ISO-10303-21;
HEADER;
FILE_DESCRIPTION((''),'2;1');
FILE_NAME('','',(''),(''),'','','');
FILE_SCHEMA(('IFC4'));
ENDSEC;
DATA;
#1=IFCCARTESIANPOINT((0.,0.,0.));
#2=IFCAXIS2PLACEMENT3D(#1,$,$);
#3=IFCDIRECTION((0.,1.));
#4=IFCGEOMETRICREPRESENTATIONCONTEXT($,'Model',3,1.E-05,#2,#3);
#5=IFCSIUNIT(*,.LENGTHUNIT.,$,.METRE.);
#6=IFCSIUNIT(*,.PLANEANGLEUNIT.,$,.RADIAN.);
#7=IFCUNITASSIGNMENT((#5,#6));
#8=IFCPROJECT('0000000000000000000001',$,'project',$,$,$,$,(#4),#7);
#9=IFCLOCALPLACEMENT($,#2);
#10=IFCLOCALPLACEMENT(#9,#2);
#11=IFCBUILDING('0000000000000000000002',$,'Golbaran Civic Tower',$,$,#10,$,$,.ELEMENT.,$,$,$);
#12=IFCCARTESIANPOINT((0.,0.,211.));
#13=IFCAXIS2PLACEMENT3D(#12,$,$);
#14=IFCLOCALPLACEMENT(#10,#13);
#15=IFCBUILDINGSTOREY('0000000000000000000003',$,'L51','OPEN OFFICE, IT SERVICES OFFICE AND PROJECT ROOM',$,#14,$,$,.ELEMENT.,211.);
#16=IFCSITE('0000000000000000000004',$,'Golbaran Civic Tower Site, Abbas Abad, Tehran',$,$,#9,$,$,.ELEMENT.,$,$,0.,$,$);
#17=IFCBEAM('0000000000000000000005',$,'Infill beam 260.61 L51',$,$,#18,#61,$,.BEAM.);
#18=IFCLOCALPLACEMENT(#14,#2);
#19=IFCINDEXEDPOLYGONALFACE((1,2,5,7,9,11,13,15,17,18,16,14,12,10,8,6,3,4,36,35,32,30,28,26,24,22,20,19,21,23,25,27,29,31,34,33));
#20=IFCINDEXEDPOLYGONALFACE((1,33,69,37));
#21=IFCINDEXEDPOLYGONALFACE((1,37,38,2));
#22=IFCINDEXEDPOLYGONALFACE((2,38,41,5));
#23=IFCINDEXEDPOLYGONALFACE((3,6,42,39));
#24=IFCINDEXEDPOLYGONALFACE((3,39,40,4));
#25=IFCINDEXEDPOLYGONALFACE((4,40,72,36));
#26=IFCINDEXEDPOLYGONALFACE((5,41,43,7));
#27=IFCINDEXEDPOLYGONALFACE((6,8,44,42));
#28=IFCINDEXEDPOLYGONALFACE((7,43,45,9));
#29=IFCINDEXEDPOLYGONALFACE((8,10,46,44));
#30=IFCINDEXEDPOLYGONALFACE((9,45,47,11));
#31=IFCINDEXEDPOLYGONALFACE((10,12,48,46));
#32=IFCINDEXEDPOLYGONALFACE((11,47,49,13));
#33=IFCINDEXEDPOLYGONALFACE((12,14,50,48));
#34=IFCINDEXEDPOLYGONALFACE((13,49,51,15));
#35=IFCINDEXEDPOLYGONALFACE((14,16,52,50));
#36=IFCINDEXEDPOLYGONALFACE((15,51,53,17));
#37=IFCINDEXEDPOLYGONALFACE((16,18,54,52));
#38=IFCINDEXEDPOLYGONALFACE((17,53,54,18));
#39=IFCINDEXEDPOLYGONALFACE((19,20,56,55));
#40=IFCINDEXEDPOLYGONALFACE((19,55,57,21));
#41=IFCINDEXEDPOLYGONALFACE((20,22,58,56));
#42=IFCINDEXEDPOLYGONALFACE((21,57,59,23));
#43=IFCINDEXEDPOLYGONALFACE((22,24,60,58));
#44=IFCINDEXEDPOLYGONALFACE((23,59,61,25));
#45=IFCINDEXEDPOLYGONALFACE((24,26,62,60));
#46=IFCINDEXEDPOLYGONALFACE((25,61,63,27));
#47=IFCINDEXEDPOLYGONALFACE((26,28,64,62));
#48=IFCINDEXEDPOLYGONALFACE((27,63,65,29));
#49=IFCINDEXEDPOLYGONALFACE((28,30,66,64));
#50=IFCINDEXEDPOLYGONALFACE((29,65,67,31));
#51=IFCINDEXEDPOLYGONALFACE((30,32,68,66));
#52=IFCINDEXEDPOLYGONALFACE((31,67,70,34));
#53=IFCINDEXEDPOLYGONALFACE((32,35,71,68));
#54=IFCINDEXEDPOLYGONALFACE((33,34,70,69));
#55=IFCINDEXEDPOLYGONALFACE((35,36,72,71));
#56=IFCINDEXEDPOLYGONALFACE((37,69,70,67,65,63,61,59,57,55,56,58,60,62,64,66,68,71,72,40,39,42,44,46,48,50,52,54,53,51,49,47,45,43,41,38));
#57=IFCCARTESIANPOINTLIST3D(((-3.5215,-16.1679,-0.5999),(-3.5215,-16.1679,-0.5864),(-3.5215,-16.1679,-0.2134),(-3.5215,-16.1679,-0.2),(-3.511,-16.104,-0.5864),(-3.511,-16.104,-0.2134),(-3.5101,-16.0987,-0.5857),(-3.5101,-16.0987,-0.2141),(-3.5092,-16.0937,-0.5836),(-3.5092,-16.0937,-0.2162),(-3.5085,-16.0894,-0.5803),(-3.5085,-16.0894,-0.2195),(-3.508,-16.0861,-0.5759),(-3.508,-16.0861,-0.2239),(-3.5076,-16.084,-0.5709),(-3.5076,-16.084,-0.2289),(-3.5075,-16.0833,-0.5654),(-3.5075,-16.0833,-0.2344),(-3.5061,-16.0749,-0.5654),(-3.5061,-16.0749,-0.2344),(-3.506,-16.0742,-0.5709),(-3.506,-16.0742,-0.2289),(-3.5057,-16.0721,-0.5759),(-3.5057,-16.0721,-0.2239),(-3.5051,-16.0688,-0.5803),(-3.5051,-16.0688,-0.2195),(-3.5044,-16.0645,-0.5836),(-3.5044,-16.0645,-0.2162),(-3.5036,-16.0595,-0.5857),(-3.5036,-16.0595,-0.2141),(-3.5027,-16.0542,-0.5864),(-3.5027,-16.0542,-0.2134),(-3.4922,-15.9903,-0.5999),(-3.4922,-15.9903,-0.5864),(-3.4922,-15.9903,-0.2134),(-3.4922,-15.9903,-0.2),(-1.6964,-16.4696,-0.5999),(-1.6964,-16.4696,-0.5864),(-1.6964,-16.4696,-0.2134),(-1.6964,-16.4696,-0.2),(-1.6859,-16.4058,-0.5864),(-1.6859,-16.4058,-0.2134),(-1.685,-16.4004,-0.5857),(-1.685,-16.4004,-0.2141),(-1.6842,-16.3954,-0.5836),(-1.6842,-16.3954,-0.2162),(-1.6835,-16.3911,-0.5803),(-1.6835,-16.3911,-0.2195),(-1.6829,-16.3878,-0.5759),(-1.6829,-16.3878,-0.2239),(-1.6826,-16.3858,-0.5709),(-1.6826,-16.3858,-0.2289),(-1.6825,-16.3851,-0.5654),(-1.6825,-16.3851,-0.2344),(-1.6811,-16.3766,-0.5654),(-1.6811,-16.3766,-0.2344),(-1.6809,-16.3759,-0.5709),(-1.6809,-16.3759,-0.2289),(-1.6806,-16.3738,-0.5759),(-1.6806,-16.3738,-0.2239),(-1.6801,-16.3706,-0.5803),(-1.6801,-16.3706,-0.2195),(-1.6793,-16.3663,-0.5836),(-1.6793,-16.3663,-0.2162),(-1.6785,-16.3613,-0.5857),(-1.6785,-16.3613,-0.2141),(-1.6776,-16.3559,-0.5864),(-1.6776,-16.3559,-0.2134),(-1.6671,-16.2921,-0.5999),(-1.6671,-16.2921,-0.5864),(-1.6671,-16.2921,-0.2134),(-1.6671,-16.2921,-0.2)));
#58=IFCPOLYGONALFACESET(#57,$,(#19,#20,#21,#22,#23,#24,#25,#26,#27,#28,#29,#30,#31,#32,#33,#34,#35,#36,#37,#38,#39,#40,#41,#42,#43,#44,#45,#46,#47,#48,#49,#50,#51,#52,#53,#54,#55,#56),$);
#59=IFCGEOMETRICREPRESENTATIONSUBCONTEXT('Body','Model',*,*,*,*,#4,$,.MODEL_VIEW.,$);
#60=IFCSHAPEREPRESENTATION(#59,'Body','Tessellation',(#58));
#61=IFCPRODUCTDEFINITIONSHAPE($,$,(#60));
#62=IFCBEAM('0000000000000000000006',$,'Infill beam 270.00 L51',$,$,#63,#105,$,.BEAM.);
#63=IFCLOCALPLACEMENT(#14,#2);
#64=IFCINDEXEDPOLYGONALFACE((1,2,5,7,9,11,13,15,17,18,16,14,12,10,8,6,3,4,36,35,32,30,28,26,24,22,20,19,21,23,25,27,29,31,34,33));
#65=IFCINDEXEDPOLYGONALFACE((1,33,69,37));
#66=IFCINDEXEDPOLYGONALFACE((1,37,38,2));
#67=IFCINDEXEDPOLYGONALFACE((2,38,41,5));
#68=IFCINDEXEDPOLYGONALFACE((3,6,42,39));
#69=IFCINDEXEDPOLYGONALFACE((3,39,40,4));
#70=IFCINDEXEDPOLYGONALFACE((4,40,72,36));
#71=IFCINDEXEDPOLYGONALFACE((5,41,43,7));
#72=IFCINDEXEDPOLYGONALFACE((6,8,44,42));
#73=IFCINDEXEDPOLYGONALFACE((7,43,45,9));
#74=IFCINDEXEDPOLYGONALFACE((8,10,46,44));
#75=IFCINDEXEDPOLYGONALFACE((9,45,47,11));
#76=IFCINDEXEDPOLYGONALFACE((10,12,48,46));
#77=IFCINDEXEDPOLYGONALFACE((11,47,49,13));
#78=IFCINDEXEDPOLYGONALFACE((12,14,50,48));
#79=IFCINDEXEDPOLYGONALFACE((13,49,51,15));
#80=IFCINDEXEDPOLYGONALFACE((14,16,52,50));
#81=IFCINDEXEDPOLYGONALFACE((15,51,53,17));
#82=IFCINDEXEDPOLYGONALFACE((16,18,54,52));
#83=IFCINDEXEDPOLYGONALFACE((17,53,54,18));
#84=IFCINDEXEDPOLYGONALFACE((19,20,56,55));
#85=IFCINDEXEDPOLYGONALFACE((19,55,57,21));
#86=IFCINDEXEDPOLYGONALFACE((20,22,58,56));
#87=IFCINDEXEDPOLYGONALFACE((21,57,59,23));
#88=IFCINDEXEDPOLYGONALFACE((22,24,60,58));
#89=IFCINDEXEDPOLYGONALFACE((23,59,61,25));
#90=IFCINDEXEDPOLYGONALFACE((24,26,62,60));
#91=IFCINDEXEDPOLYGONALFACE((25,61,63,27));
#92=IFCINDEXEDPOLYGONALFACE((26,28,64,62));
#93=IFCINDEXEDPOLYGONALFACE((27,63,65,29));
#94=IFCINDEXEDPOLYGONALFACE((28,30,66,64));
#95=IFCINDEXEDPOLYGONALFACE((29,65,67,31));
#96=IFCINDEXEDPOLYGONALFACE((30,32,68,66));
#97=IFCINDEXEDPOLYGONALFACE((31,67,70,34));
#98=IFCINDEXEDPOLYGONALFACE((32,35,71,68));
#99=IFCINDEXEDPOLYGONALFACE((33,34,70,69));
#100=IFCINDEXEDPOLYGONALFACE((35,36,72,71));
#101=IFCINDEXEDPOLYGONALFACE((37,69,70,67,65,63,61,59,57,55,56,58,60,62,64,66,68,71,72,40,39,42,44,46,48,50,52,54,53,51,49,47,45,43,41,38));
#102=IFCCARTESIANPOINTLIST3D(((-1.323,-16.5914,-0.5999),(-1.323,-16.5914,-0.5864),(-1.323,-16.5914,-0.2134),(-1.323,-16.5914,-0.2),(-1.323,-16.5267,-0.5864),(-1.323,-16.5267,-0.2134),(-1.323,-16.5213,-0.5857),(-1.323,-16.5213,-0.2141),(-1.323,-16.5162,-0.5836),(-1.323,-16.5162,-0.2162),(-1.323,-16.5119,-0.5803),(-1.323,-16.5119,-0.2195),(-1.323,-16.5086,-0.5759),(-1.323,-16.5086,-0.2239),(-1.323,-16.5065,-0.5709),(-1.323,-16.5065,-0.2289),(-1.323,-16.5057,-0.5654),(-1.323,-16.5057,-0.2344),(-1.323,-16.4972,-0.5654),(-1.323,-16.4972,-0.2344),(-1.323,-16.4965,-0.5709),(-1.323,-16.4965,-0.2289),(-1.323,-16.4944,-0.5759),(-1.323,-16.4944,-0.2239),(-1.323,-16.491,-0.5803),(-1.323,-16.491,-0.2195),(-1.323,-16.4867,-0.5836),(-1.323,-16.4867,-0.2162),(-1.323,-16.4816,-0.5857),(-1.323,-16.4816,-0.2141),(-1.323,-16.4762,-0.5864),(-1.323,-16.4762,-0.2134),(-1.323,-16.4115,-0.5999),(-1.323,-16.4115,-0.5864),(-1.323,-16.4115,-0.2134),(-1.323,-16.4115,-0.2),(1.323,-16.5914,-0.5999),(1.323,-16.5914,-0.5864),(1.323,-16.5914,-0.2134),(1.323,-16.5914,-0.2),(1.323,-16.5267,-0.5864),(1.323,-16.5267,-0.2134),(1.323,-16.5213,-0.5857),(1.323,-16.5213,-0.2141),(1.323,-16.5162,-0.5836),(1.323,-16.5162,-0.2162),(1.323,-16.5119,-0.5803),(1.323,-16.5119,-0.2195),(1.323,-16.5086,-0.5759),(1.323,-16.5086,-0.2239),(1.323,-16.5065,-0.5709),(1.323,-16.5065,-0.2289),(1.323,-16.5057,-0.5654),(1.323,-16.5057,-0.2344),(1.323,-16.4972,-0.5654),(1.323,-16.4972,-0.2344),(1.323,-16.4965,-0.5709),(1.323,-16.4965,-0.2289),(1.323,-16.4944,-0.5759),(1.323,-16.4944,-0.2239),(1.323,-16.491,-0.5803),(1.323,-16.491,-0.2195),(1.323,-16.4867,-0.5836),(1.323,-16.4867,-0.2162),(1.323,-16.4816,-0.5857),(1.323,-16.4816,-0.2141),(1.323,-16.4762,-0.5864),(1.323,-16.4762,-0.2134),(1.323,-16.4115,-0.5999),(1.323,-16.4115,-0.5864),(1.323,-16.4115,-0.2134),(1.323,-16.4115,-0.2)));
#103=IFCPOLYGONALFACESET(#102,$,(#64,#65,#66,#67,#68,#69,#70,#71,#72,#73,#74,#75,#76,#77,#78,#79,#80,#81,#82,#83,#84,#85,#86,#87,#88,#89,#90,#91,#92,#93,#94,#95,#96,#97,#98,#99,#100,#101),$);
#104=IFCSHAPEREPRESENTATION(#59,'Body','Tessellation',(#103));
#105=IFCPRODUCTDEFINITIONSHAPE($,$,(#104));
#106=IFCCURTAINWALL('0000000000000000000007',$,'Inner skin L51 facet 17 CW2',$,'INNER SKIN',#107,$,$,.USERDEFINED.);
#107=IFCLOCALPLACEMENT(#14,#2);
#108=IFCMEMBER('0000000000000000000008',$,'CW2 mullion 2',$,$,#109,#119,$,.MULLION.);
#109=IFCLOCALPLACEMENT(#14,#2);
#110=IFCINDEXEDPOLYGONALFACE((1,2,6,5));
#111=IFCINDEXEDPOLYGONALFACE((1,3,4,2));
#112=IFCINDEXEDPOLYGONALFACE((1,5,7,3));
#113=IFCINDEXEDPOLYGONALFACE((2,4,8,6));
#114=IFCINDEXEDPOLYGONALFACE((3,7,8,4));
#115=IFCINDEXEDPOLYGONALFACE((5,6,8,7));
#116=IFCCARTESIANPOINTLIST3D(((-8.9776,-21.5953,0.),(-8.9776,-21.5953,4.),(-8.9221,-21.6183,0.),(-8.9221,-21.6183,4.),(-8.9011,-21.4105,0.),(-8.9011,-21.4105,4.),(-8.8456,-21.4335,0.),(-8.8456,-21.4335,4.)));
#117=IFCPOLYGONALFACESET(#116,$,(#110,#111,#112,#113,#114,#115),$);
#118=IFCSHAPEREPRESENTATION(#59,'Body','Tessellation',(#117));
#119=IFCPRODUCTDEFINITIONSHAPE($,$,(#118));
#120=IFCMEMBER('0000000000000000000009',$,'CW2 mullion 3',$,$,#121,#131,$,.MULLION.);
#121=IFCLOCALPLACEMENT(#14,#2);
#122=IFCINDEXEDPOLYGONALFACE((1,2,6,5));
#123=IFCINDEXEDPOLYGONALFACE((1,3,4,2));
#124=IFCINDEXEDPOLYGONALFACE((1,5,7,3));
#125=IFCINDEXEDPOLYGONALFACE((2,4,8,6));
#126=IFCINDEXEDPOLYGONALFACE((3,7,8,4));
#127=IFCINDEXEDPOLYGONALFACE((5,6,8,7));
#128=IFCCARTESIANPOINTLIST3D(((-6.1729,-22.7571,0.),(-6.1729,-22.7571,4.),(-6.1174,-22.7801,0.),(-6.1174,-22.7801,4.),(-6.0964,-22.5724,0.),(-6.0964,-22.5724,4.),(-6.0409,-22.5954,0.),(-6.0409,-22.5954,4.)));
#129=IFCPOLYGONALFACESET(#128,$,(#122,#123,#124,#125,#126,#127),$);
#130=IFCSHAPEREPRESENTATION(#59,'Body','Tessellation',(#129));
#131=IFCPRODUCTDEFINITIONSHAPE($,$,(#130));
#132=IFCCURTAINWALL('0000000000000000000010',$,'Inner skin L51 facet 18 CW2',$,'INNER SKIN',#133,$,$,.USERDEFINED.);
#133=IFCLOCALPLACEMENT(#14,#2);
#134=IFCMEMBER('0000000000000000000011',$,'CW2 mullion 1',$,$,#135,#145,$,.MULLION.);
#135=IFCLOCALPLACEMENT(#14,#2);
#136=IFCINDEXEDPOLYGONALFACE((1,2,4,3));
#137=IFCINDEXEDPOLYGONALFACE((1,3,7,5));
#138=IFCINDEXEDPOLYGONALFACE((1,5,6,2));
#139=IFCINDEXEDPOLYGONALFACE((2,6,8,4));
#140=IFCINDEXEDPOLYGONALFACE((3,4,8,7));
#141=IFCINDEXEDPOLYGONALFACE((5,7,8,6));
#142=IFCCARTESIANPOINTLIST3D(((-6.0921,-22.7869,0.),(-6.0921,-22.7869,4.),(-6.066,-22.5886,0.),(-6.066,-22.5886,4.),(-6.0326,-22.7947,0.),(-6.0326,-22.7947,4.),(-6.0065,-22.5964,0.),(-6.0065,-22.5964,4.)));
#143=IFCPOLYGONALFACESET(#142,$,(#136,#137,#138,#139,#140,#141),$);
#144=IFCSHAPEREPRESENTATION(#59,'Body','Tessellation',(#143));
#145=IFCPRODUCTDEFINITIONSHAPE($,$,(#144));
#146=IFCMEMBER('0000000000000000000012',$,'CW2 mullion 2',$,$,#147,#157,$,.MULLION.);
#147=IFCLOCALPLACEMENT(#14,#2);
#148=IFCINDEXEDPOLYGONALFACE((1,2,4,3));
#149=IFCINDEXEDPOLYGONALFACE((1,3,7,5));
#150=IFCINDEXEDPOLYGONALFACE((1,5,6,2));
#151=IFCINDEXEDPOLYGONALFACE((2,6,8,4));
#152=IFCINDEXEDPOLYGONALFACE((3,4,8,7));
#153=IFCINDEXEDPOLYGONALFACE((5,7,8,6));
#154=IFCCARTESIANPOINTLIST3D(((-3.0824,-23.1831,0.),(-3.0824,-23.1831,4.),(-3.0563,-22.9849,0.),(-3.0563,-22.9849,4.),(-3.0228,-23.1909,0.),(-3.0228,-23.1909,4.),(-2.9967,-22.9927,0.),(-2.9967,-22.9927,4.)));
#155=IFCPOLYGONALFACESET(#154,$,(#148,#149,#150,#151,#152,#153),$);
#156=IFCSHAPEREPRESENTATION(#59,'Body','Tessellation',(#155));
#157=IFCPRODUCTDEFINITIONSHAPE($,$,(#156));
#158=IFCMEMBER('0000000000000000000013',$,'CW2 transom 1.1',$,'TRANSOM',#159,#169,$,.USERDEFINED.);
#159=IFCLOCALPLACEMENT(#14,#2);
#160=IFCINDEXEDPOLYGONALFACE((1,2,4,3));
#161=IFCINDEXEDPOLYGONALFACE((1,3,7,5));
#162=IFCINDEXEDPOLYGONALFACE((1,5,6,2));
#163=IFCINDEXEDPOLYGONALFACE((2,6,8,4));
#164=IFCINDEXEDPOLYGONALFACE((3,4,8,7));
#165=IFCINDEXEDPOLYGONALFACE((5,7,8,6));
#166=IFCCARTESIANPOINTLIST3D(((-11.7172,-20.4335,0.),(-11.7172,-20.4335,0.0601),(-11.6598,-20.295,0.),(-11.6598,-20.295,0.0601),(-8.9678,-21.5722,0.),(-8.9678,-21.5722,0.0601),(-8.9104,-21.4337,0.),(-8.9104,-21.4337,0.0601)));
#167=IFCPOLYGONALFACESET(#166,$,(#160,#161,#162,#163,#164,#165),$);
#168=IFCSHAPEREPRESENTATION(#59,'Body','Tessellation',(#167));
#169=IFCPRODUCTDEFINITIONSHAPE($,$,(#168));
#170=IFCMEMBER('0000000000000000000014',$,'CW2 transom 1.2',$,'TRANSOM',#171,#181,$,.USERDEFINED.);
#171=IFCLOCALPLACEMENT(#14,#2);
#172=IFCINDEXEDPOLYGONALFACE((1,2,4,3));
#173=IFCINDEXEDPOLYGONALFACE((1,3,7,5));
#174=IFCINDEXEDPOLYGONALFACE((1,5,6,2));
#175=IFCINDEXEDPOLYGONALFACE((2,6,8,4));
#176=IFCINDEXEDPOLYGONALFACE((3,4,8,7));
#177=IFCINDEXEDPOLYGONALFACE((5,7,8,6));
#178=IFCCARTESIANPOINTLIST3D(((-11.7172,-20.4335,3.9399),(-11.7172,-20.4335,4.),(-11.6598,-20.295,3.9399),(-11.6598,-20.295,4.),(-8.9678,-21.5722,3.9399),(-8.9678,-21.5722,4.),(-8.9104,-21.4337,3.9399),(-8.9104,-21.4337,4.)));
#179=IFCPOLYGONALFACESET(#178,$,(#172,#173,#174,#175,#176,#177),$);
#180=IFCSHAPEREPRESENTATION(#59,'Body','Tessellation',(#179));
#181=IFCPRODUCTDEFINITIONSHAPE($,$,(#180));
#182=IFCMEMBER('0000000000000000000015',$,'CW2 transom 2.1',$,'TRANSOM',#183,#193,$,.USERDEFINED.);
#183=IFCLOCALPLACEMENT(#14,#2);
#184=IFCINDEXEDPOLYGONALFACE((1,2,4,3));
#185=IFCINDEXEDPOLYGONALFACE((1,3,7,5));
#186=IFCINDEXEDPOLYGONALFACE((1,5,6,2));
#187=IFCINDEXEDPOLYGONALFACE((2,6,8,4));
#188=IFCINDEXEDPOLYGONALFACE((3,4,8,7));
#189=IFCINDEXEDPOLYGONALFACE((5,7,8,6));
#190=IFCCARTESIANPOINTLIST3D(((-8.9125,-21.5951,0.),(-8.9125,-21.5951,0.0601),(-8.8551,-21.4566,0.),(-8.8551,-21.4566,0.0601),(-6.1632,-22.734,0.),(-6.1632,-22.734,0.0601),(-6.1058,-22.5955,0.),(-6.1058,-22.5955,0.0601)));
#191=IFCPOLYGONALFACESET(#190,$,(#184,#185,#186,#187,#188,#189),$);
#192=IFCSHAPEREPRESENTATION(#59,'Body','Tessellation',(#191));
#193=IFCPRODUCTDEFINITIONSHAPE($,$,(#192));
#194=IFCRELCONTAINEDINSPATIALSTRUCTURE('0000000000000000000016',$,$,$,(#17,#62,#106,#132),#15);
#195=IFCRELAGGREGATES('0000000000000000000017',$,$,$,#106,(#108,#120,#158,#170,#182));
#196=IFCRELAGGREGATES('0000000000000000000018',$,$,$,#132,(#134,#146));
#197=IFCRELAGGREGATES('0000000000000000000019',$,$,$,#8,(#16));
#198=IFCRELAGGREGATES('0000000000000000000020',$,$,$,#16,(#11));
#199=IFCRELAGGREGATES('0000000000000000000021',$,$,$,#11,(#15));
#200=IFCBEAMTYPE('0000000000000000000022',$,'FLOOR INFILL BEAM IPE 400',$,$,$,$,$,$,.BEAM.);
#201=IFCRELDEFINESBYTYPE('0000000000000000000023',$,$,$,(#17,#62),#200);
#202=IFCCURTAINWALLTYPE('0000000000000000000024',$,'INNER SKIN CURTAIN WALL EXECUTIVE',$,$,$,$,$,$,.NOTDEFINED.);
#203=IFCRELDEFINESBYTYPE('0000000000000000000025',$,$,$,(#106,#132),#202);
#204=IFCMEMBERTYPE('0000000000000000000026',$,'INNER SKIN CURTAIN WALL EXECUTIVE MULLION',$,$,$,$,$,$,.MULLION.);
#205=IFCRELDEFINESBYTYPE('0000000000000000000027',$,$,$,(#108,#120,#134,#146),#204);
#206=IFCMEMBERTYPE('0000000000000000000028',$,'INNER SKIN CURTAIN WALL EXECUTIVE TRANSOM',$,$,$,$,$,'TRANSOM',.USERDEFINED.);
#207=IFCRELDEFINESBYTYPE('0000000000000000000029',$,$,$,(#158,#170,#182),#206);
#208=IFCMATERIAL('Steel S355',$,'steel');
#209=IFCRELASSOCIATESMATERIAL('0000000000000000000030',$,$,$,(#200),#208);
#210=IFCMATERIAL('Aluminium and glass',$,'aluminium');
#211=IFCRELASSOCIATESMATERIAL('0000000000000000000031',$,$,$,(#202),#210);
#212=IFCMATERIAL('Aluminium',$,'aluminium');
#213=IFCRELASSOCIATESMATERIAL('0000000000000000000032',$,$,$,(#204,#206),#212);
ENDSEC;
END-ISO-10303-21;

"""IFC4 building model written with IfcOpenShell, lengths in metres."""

from ifc_helpers import new_model, si_unit, direction, frame, origin, origin_2d, place, context, subcontext, project, spatial, rectangle, i_section, extrude, material, material_profile, profile_set, type_object, element, aggregate, save


model = new_model("IFC4")

# Units and contexts
model_context = context("Model", 3, precision=1e-05, world=origin(), true_north=direction((0.0, 1.0)))
body_context = subcontext(model_context, "Body", "Model", "MODEL_VIEW")
ifc_project = project(units=[si_unit("LENGTHUNIT", "METRE"), si_unit("PLANEANGLEUNIT", "RADIAN")], contexts=[model_context])

# Site, building, storey
site_placement = place(None, origin())
site = spatial("IfcSite", under=ifc_project, at=site_placement, Name="Golbaran Civic Tower Site, Abbas Abad, Tehran", CompositionType="ELEMENT", RefElevation=0.0)
building_placement = place(site_placement, origin())
building = spatial("IfcBuilding", under=site, at=building_placement, Name="Golbaran Civic Tower", CompositionType="ELEMENT")
storey_placement = place(building_placement, frame((0.0, 0.0, 211.0)))
storey = spatial("IfcBuildingStorey", under=building, at=storey_placement, Name="L51", Description="OPEN OFFICE, IT SERVICES OFFICE AND PROJECT ROOM", CompositionType="ELEMENT", Elevation=211.0)

# Beams
ifc_material_1 = material(Name="Steel S355", Category="steel")
ifc_material_profile_1 = material_profile(ifc_material_1, i_section(OverallWidth=0.1799, OverallDepth=0.3999, WebThickness=0.0085, FlangeThickness=0.0134, FilletRadius=0.021, at=origin_2d()), Name="IPE 400")
ifc_profile_set_1 = profile_set([ifc_material_profile_1], Name="Steel S355")
beam_type_1 = type_object("IfcBeamType", Name="FLOOR INFILL BEAM IPE 400", PredefinedType="BEAM", material=ifc_profile_set_1)
beam_1_placement = place(storey_placement, frame((-3.5068, -16.0791, -0.3999), z_axis=(0.986607, -0.163115, 0.0), x_axis=(0.163115, 0.986607, 0.0)))
element("IfcBeam", 1, at=beam_1_placement, inside=storey, type_object=beam_type_1, Name="Infill beam 260.61 L51", PredefinedType="BEAM", context=body_context, shape_type="SweptSolid", body=[
    extrude(i_section(OverallWidth=0.1799, OverallDepth=0.3999, WebThickness=0.0085, FlangeThickness=0.0134, FilletRadius=0.021, at=origin_2d()), origin(), (0.0, 0.0, 1.0), 1.8499),
])
beam_2_placement = place(storey_placement, frame((-1.323, -16.5015, -0.3999), z_axis=(1.0, 0.0, 0.0), x_axis=(0.0, 1.0, 0.0)))
element("IfcBeam", 2, at=beam_2_placement, inside=storey, type_object=beam_type_1, Name="Infill beam 270.00 L51", PredefinedType="BEAM", context=body_context, shape_type="SweptSolid", body=[
    extrude(i_section(OverallWidth=0.1799, OverallDepth=0.3999, WebThickness=0.0085, FlangeThickness=0.0134, FilletRadius=0.021, at=origin_2d()), origin(), (0.0, 0.0, 1.0), 2.646),
])

# Curtain walls, members
ifc_material_2 = material(Name="Aluminium and glass", Category="aluminium")
curtain_wall_type = type_object("IfcCurtainWallType", Name="INNER SKIN CURTAIN WALL EXECUTIVE", PredefinedType="NOTDEFINED", material=ifc_material_2)
curtain_wall_1_placement = place(storey_placement, origin())
curtain_wall_1 = element("IfcCurtainWall", 3, at=curtain_wall_1_placement, inside=storey, type_object=curtain_wall_type, Name="Inner skin L51 facet 17 CW2", ObjectType="INNER SKIN", PredefinedType="USERDEFINED")
ifc_material_3 = material(Name="Aluminium", Category="aluminium")
ifc_material_profile_2 = material_profile(ifc_material_3, rectangle(XDim=0.2, YDim=0.0601, at=origin_2d()), Name="INNER SKIN CURTAIN WALL EXECUTIVE MULLION")
ifc_profile_set_2 = profile_set([ifc_material_profile_2], Name="Aluminium")
member_type_1 = type_object("IfcMemberType", Name="INNER SKIN CURTAIN WALL EXECUTIVE MULLION", PredefinedType="MULLION", material=ifc_profile_set_2)
member_1_placement = place(storey_placement, frame((-8.9116, -21.5144, 0.0), z_axis=(0.0, 0.0, 1.0), x_axis=(0.382683, 0.92388, 0.0)))
member_1 = element("IfcMember", 4, at=member_1_placement, type_object=member_type_1, Name="CW2 mullion 2", PredefinedType="MULLION", context=body_context, shape_type="SweptSolid", body=[
    extrude(rectangle(XDim=0.2, YDim=0.0601, at=origin_2d()), origin(), (0.0, 0.0, 1.0), 4.0),
])
member_2_placement = place(storey_placement, frame((-6.1069, -22.6763, 0.0), z_axis=(0.0, 0.0, 1.0), x_axis=(0.382683, 0.92388, 0.0)))
member_2 = element("IfcMember", 5, at=member_2_placement, type_object=member_type_1, Name="CW2 mullion 3", PredefinedType="MULLION", context=body_context, shape_type="SweptSolid", body=[
    extrude(rectangle(XDim=0.2, YDim=0.0601, at=origin_2d()), origin(), (0.0, 0.0, 1.0), 4.0),
])
curtain_wall_2_placement = place(storey_placement, origin())
curtain_wall_2 = element("IfcCurtainWall", 6, at=curtain_wall_2_placement, inside=storey, type_object=curtain_wall_type, Name="Inner skin L51 facet 18 CW2", ObjectType="INNER SKIN", PredefinedType="USERDEFINED")
member_3_placement = place(storey_placement, frame((-6.0493, -22.6917, 0.0), z_axis=(0.0, 0.0, 1.0), x_axis=(0.130526, 0.991445, 0.0)))
member_3 = element("IfcMember", 7, at=member_3_placement, type_object=member_type_1, Name="CW2 mullion 1", PredefinedType="MULLION", context=body_context, shape_type="SweptSolid", body=[
    extrude(rectangle(XDim=0.2, YDim=0.0601, at=origin_2d()), origin(), (0.0, 0.0, 1.0), 4.0),
])
member_4_placement = place(storey_placement, frame((-3.0396, -23.0879, 0.0), z_axis=(0.0, 0.0, 1.0), x_axis=(0.130526, 0.991445, 0.0)))
member_4 = element("IfcMember", 8, at=member_4_placement, type_object=member_type_1, Name="CW2 mullion 2", PredefinedType="MULLION", context=body_context, shape_type="SweptSolid", body=[
    extrude(rectangle(XDim=0.2, YDim=0.0601, at=origin_2d()), origin(), (0.0, 0.0, 1.0), 4.0),
])

# Members
ifc_material_profile_3 = material_profile(ifc_material_3, rectangle(XDim=0.1499, YDim=0.0601, at=origin_2d()), Name="INNER SKIN CURTAIN WALL EXECUTIVE TRANSOM")
ifc_profile_set_3 = profile_set([ifc_material_profile_3], Name="Aluminium")
member_type_2 = type_object("IfcMemberType", Name="INNER SKIN CURTAIN WALL EXECUTIVE TRANSOM", ElementType="TRANSOM", PredefinedType="USERDEFINED", material=ifc_profile_set_3)
member_5_placement = place(storey_placement, frame((-11.6885, -20.3643, 0.03), z_axis=(0.923893, -0.382651, 0.0), x_axis=(0.382651, 0.923893, 0.0)))
member_5 = element("IfcMember", 9, at=member_5_placement, type_object=member_type_2, Name="CW2 transom 1.1", ObjectType="TRANSOM", PredefinedType="USERDEFINED", context=body_context, shape_type="SweptSolid", body=[
    extrude(rectangle(XDim=0.1499, YDim=0.0601, at=origin_2d()), origin(), (0.0, 0.0, 1.0), 2.9758),
])
member_6_placement = place(storey_placement, frame((-11.6885, -20.3643, 3.97), z_axis=(0.923893, -0.382651, 0.0), x_axis=(0.382651, 0.923893, 0.0)))
member_6 = element("IfcMember", 10, at=member_6_placement, type_object=member_type_2, Name="CW2 transom 1.2", ObjectType="TRANSOM", PredefinedType="USERDEFINED", context=body_context, shape_type="SweptSolid", body=[
    extrude(rectangle(XDim=0.1499, YDim=0.0601, at=origin_2d()), origin(), (0.0, 0.0, 1.0), 2.9758),
])
member_7_placement = place(storey_placement, frame((-8.8838, -21.5259, 0.03), z_axis=(0.923864, -0.382721, 0.0), x_axis=(0.382721, 0.923864, 0.0)))
member_7 = element("IfcMember", 11, at=member_7_placement, type_object=member_type_2, Name="CW2 transom 2.1", ObjectType="TRANSOM", PredefinedType="USERDEFINED", context=body_context, shape_type="SweptSolid", body=[
    extrude(rectangle(XDim=0.1499, YDim=0.0601, at=origin_2d()), origin(), (0.0, 0.0, 1.0), 2.9758),
])

aggregate(curtain_wall_1, [member_1, member_2, member_5, member_6, member_7])
aggregate(curtain_wall_2, [member_3, member_4])

save(model, "model.ifc")
